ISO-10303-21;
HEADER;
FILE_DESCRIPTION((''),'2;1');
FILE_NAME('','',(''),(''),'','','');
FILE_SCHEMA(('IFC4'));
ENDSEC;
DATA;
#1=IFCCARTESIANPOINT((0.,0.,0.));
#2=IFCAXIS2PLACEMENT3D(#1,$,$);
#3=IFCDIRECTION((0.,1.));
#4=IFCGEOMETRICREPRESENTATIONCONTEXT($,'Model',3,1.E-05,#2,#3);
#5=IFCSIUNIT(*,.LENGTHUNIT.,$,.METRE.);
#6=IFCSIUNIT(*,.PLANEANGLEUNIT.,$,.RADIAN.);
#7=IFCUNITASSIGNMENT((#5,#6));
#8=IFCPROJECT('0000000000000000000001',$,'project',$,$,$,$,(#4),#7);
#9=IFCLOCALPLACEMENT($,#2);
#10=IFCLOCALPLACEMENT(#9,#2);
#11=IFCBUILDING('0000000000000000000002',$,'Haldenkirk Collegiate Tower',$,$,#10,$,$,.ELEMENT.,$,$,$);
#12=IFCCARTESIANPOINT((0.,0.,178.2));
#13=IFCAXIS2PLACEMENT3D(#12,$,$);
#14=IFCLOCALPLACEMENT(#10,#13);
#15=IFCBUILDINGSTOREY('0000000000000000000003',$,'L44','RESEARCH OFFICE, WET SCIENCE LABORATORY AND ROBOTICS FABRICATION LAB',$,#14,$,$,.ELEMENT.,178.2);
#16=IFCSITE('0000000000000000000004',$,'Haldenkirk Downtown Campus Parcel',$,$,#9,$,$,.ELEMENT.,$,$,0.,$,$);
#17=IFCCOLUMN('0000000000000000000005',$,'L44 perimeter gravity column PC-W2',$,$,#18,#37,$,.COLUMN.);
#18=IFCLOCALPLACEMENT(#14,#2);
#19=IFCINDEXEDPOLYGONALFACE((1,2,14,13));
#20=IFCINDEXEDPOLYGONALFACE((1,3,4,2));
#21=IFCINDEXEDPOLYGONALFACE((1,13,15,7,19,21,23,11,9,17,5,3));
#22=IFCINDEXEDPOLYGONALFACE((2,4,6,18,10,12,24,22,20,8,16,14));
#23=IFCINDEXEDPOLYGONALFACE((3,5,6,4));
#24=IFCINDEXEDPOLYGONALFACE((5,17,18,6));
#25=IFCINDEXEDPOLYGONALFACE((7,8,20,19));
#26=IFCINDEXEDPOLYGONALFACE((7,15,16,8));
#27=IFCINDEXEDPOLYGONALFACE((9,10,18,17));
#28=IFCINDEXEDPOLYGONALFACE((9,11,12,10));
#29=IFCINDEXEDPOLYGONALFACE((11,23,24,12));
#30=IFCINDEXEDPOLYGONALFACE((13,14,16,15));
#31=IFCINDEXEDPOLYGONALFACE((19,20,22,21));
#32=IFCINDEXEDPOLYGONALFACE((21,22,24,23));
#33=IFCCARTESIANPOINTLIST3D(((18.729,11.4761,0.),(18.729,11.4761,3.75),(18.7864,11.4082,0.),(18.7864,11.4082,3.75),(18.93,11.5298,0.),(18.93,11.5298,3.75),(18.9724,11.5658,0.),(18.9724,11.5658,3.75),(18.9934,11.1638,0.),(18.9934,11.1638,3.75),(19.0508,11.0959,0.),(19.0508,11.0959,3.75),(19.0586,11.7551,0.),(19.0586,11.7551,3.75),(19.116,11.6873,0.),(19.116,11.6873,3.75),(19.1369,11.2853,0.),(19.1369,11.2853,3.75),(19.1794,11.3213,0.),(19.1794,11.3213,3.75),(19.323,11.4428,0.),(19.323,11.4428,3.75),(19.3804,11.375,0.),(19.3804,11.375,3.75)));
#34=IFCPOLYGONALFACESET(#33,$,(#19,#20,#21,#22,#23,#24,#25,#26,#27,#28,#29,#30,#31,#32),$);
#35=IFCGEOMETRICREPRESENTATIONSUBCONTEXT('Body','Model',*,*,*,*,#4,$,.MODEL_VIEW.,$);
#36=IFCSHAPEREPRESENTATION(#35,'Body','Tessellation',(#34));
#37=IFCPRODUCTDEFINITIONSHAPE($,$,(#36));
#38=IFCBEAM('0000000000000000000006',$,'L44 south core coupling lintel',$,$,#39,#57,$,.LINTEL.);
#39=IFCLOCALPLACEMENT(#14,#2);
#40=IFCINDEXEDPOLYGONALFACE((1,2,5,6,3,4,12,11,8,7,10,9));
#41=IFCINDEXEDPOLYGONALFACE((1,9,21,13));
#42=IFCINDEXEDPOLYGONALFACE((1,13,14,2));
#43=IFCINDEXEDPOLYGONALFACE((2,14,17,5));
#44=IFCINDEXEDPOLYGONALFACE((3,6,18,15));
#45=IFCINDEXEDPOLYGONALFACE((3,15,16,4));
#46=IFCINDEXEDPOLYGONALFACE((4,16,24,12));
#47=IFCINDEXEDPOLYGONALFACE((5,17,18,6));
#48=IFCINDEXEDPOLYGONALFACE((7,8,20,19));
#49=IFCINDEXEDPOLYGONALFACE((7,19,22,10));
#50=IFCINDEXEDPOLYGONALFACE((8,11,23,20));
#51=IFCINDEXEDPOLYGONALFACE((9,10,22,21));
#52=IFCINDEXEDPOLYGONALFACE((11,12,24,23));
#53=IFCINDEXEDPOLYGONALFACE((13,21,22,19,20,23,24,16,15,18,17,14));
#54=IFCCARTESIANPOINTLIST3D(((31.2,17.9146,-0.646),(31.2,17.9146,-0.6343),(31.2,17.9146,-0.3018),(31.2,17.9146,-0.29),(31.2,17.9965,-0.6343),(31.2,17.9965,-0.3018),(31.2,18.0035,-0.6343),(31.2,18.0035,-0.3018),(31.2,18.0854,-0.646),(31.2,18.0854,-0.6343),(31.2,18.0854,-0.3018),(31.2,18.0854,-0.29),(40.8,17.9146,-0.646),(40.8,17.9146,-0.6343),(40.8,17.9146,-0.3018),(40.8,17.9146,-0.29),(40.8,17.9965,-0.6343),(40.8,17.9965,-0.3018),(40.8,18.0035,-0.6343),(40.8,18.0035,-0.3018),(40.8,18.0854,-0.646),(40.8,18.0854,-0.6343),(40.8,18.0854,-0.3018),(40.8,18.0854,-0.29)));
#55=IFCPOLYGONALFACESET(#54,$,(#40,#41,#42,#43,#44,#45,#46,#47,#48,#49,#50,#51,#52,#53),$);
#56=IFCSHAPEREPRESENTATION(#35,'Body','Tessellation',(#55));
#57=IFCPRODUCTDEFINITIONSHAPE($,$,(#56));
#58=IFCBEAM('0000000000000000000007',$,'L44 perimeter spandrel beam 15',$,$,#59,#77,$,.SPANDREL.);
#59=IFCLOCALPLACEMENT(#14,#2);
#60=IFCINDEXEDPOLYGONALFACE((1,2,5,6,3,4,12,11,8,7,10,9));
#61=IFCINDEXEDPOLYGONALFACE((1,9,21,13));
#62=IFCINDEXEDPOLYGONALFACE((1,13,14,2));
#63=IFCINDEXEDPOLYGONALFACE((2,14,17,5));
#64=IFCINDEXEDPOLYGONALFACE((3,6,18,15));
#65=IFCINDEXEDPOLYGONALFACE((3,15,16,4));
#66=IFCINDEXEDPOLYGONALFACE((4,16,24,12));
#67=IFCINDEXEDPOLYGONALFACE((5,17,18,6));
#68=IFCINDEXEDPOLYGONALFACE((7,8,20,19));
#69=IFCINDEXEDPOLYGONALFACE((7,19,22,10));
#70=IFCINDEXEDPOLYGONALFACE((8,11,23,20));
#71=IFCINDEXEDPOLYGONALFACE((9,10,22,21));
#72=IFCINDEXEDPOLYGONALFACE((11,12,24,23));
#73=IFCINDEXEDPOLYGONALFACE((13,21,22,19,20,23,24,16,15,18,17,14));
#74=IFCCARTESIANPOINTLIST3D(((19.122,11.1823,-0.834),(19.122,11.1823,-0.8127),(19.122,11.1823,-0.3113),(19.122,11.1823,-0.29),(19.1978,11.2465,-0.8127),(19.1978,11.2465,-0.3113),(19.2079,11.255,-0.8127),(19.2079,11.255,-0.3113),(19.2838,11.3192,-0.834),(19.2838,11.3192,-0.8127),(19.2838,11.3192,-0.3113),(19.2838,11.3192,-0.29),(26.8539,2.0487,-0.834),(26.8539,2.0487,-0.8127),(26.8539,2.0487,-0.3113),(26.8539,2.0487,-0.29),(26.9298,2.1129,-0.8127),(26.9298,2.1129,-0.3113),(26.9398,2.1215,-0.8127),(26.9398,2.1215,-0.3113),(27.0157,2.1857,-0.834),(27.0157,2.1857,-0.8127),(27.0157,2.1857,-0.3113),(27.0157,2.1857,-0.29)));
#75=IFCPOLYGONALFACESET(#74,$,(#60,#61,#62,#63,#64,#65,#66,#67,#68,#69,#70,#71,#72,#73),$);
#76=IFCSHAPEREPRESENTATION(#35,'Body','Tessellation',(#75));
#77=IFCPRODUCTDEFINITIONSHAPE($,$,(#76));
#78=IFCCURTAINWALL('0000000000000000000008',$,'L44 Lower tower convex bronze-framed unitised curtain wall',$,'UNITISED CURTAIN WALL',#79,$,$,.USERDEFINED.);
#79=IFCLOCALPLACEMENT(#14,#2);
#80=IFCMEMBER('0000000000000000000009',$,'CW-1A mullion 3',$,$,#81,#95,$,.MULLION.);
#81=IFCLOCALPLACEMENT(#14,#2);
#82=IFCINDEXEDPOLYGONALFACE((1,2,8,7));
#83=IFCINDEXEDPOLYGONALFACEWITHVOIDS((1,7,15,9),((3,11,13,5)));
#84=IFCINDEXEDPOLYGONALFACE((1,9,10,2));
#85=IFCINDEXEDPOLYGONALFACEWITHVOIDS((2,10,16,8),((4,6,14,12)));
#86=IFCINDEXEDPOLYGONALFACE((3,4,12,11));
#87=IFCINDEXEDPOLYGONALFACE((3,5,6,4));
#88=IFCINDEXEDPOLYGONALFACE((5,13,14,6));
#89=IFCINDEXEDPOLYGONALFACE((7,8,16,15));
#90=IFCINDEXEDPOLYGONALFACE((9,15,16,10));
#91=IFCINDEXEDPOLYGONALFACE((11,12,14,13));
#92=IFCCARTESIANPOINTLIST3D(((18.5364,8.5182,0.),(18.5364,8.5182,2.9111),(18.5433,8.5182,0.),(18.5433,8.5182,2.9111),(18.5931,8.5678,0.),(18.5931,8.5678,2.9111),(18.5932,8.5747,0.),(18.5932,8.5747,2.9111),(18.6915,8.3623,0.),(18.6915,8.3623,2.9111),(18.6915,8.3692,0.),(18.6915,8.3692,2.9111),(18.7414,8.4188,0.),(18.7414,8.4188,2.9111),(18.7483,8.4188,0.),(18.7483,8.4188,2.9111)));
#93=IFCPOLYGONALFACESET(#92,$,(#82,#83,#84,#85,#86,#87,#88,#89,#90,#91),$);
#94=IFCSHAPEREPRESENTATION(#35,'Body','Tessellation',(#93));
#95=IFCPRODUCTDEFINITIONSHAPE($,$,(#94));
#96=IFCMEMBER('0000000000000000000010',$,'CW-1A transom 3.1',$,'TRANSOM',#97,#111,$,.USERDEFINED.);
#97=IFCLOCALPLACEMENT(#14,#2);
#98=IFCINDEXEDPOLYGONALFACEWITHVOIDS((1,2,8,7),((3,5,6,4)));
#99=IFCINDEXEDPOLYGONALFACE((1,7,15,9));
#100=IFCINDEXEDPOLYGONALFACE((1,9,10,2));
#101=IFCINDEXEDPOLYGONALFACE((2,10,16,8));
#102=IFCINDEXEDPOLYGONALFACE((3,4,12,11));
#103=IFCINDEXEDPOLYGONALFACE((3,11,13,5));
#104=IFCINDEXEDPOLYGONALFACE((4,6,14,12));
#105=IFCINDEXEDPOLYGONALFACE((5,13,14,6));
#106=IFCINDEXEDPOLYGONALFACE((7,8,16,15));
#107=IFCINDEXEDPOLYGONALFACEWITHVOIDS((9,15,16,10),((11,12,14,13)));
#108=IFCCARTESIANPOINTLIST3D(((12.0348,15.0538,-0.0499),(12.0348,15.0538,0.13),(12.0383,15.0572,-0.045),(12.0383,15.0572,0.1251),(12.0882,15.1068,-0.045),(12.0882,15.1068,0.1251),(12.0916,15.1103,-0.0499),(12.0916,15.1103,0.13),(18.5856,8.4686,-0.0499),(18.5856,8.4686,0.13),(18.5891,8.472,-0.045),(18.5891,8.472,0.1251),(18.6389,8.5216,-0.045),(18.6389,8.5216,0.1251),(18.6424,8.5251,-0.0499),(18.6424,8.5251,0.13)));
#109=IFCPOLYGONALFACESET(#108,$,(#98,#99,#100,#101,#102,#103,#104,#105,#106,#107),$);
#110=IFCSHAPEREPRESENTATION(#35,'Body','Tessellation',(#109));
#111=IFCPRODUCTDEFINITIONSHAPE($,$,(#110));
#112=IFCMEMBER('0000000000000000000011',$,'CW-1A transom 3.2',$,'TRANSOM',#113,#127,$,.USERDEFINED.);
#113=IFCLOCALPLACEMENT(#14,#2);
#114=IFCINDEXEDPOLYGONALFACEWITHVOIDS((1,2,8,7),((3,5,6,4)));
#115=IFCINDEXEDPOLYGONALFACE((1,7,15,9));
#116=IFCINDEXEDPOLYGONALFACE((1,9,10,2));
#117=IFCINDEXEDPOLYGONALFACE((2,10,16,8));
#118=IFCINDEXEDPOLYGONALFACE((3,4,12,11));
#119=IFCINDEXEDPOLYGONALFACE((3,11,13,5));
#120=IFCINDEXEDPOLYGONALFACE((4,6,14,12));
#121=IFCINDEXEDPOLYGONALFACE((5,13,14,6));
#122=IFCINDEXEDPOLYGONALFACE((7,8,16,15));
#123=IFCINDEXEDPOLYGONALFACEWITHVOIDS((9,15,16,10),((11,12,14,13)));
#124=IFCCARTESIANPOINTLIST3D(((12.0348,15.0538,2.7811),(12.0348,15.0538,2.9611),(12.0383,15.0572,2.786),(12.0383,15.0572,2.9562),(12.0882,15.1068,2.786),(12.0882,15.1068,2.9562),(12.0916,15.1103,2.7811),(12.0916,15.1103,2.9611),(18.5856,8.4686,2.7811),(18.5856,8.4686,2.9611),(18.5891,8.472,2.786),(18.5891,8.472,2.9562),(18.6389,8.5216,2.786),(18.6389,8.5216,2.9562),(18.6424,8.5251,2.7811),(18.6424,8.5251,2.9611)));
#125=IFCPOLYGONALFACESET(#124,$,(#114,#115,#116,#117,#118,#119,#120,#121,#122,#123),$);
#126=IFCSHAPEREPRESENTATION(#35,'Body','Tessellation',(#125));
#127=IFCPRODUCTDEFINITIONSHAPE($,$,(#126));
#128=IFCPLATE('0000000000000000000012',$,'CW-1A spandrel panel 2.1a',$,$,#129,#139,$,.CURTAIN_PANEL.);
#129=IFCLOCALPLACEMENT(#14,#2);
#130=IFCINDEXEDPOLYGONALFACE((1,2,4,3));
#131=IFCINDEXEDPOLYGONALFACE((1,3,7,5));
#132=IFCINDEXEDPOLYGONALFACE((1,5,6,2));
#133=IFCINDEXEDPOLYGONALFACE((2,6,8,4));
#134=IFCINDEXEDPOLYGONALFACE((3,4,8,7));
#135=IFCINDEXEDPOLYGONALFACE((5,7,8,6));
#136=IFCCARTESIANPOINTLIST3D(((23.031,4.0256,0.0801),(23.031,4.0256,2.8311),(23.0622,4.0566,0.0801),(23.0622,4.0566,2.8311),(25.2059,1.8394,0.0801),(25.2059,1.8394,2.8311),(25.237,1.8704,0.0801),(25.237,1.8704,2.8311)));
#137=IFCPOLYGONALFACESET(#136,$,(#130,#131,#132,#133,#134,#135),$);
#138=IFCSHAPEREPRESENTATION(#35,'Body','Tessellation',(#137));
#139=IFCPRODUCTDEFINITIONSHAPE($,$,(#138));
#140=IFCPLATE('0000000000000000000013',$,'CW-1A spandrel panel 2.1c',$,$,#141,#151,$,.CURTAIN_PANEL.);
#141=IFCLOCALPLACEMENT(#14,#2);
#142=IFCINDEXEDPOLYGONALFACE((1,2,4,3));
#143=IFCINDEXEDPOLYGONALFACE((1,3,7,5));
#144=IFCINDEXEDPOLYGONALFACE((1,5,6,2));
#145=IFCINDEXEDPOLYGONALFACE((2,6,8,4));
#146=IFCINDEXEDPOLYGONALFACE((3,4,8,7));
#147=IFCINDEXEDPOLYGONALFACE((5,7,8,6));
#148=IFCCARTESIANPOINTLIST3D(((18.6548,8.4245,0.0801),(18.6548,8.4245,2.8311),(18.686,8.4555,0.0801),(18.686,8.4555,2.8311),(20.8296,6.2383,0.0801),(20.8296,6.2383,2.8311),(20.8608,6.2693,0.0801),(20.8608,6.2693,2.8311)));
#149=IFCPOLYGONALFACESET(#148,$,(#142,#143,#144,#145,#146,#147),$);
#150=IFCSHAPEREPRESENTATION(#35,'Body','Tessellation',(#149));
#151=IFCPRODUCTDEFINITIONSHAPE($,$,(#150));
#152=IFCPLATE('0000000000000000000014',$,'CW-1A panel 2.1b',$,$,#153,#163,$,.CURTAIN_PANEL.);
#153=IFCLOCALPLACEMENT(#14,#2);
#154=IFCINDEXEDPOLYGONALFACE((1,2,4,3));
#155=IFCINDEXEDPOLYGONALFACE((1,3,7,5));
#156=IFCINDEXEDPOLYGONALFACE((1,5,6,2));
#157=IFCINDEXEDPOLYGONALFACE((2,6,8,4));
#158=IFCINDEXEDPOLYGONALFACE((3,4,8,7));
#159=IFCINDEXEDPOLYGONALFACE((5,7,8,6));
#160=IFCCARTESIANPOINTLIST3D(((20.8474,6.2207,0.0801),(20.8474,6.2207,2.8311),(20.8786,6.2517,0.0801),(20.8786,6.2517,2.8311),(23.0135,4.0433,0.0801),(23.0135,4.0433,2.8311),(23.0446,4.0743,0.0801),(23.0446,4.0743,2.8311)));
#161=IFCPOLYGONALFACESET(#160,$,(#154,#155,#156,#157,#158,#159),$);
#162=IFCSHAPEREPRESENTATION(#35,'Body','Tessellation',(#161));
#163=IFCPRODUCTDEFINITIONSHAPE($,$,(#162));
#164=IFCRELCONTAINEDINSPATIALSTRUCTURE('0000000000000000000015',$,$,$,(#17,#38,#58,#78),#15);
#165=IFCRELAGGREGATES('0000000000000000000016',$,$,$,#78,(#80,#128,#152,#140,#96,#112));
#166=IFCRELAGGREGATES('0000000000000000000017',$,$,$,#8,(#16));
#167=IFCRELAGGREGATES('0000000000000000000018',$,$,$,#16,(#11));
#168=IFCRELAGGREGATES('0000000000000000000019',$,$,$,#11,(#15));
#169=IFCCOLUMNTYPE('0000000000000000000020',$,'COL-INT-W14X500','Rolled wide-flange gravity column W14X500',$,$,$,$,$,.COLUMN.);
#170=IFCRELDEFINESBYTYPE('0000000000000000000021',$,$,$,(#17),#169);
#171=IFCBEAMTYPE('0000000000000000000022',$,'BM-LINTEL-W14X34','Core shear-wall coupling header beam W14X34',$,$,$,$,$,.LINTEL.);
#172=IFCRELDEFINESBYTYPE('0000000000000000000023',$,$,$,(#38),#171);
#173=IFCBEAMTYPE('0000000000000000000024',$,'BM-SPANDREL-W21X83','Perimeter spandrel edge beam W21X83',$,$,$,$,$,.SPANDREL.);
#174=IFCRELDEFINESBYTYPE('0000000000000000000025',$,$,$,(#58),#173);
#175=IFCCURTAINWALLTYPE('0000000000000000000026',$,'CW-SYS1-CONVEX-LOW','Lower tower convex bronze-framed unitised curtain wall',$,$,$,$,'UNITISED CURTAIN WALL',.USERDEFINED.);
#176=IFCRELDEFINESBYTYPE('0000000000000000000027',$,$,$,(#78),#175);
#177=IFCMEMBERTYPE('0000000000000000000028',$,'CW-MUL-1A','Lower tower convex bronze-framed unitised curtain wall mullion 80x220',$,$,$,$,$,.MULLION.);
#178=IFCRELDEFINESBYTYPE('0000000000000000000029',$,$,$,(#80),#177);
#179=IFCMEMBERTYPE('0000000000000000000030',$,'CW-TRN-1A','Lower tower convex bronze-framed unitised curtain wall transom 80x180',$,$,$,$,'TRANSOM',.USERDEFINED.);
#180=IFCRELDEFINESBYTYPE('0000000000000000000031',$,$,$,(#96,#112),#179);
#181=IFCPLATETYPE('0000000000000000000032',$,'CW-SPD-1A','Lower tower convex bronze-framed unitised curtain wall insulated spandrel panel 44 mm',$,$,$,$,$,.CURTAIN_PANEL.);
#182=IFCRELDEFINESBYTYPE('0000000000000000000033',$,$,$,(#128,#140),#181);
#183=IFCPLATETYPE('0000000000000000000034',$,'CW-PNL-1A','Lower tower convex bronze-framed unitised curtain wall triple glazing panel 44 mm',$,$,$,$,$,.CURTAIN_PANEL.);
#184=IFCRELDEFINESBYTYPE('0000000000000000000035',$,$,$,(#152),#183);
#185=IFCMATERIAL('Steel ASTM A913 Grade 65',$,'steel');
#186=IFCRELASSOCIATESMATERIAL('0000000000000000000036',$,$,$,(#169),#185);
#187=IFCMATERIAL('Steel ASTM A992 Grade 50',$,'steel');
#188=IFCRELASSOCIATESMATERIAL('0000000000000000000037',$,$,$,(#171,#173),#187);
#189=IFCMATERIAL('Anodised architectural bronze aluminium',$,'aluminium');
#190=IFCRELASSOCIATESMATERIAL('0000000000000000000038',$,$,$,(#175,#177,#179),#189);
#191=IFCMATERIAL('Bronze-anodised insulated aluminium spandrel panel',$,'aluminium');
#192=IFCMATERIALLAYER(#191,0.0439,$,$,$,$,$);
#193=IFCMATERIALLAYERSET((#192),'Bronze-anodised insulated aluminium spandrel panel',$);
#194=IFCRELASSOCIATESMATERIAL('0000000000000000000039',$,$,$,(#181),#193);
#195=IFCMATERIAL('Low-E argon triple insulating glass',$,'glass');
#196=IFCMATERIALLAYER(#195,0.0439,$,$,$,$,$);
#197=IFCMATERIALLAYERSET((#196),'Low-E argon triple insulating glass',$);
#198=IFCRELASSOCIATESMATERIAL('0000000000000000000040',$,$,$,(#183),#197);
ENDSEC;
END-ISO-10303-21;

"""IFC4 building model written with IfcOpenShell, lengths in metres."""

from ifc_helpers import new_model, si_unit, direction, frame, origin, origin_2d, place, context, subcontext, project, spatial, rectangle, hollow_rectangle, i_section, extrude, source, transform, mapped, material, layer, layer_set, material_profile, profile_set, type_object, element, aggregate, save


model = new_model("IFC4")

# Units and contexts
model_context = context("Model", 3, precision=1e-05, world=origin(), true_north=direction((0.0, 1.0)))
body_context = subcontext(model_context, "Body", "Model", "MODEL_VIEW")
ifc_project = project(units=[si_unit("LENGTHUNIT", "METRE"), si_unit("PLANEANGLEUNIT", "RADIAN")], contexts=[model_context])

# Site, building, storey
site_placement = place(None, origin())
site = spatial("IfcSite", under=ifc_project, at=site_placement, Name="Haldenkirk Downtown Campus Parcel", CompositionType="ELEMENT", RefElevation=0.0)
building_placement = place(site_placement, origin())
building = spatial("IfcBuilding", under=site, at=building_placement, Name="Haldenkirk Collegiate Tower", CompositionType="ELEMENT")
storey_placement = place(building_placement, frame((0.0, 0.0, 178.2)))
storey = spatial("IfcBuildingStorey", under=building, at=storey_placement, Name="L44", Description="RESEARCH OFFICE, WET SCIENCE LABORATORY AND ROBOTICS FABRICATION LAB", CompositionType="ELEMENT", Elevation=178.2)

# Column
ifc_material_1 = material(Name="Steel ASTM A913 Grade 65", Category="steel")
ifc_material_profile_1 = material_profile(ifc_material_1, i_section(OverallWidth=0.4319, OverallDepth=0.498, WebThickness=0.0557, FlangeThickness=0.0889, at=origin_2d()), Name="W14X500")
ifc_profile_set_1 = profile_set([ifc_material_profile_1], Name="Steel ASTM A913 Grade 65")
column_type = type_object("IfcColumnType", Name="COL-INT-W14X500", Description="Rolled wide-flange gravity column W14X500", PredefinedType="COLUMN", material=ifc_profile_set_1)
column_placement = place(storey_placement, frame((19.0547, 11.4255, 0.0), z_axis=(0.0, 0.0, 1.0), x_axis=(0.763232, 0.646124, 0.0)))
element("IfcColumn", 1, at=column_placement, inside=storey, type_object=column_type, Name="L44 perimeter gravity column PC-W2", PredefinedType="COLUMN", context=body_context, shape_type="SweptSolid", body=[
    extrude(i_section(OverallWidth=0.4319, OverallDepth=0.498, WebThickness=0.0557, FlangeThickness=0.0889, at=origin_2d()), origin(), (0.0, 0.0, 1.0), 3.75),
])

# Beams
ifc_material_2 = material(Name="Steel ASTM A992 Grade 50", Category="steel")
ifc_material_profile_2 = material_profile(ifc_material_2, i_section(OverallWidth=0.1709, OverallDepth=0.356, WebThickness=0.0071, FlangeThickness=0.0117, at=origin_2d()), Name="W14X34")
ifc_profile_set_2 = profile_set([ifc_material_profile_2], Name="Steel ASTM A992 Grade 50")
beam_type_1 = type_object("IfcBeamType", Name="BM-LINTEL-W14X34", Description="Core shear-wall coupling header beam W14X34", PredefinedType="LINTEL", material=ifc_profile_set_2)
beam_1_placement = place(storey_placement, frame((31.2, 18.0, -0.468), z_axis=(1.0, 0.0, 0.0), x_axis=(0.0, 1.0, 0.0)))
element("IfcBeam", 2, at=beam_1_placement, inside=storey, type_object=beam_type_1, Name="L44 south core coupling lintel", PredefinedType="LINTEL", context=body_context, shape_type="SweptSolid", body=[
    extrude(i_section(OverallWidth=0.1709, OverallDepth=0.356, WebThickness=0.0071, FlangeThickness=0.0117, at=origin_2d()), origin(), (0.0, 0.0, 1.0), 9.6001),
])
ifc_material_profile_3 = material_profile(ifc_material_2, i_section(OverallWidth=0.2119, OverallDepth=0.5439, WebThickness=0.0132, FlangeThickness=0.0212, at=origin_2d()), Name="W21X83")
ifc_profile_set_3 = profile_set([ifc_material_profile_3], Name="Steel ASTM A992 Grade 50")
beam_type_2 = type_object("IfcBeamType", Name="BM-SPANDREL-W21X83", Description="Perimeter spandrel edge beam W21X83", PredefinedType="SPANDREL", material=ifc_profile_set_3)
beam_2_placement = place(storey_placement, frame((19.2029, 11.2507, -0.562), z_axis=(0.646115, -0.76324, 0.0), x_axis=(0.76324, 0.646115, 0.0)))
element("IfcBeam", 3, at=beam_2_placement, inside=storey, type_object=beam_type_2, Name="L44 perimeter spandrel beam 15", PredefinedType="SPANDREL", context=body_context, shape_type="SweptSolid", body=[
    extrude(i_section(OverallWidth=0.2119, OverallDepth=0.5439, WebThickness=0.0132, FlangeThickness=0.0212, at=origin_2d()), origin(), (0.0, 0.0, 1.0), 11.9668),
])

# Curtain wall, members, plates
ifc_material_3 = material(Name="Anodised architectural bronze aluminium", Category="aluminium")
curtain_wall_type = type_object("IfcCurtainWallType", Name="CW-SYS1-CONVEX-LOW", Description="Lower tower convex bronze-framed unitised curtain wall", ElementType="UNITISED CURTAIN WALL", PredefinedType="USERDEFINED", material=ifc_material_3)
curtain_wall_placement = place(storey_placement, origin())
curtain_wall = element("IfcCurtainWall", 4, at=curtain_wall_placement, inside=storey, type_object=curtain_wall_type, Name="L44 Lower tower convex bronze-framed unitised curtain wall", ObjectType="UNITISED CURTAIN WALL", PredefinedType="USERDEFINED")
ifc_material_profile_4 = material_profile(ifc_material_3, hollow_rectangle(XDim=0.0801, YDim=0.22, WallThickness=0.0049, at=origin_2d()), Name="CW-MUL-1A")
ifc_profile_set_4 = profile_set([ifc_material_profile_4], Name="Anodised architectural bronze aluminium")
member_type_1 = type_object("IfcMemberType", Name="CW-MUL-1A", Description="Lower tower convex bronze-framed unitised curtain wall mullion 80x220", PredefinedType="MULLION", material=ifc_profile_set_4)
member_1_placement = place(storey_placement, frame((18.6423, 8.4685, 0.0), z_axis=(0.0, 0.0, 1.0), x_axis=(-0.708954, -0.705255, 0.0)))
member_1 = element("IfcMember", 5, at=member_1_placement, type_object=member_type_1, Name="CW-1A mullion 3", PredefinedType="MULLION", context=body_context, shape_type="SweptSolid", body=[
    extrude(hollow_rectangle(XDim=0.0801, YDim=0.22, WallThickness=0.0049, at=origin_2d()), origin(), (0.0, 0.0, 1.0), 2.9111),
])
ifc_material_profile_5 = material_profile(ifc_material_3, hollow_rectangle(XDim=0.0801, YDim=0.1799, WallThickness=0.0049, at=origin_2d()), Name="CW-TRN-1A")
ifc_profile_set_5 = profile_set([ifc_material_profile_5], Name="Anodised architectural bronze aluminium")
member_type_2 = type_object("IfcMemberType", Name="CW-TRN-1A", Description="Lower tower convex bronze-framed unitised curtain wall transom 80x180", ElementType="TRANSOM", PredefinedType="USERDEFINED", material=ifc_profile_set_5)
member_2_placement = place(storey_placement, frame((18.614, 8.4968, 0.04), z_axis=(-0.705251, 0.708957, 0.0), x_axis=(-0.708957, -0.705251, 0.0)))
member_2 = element("IfcMember", 6, at=member_2_placement, type_object=member_type_2, Name="CW-1A transom 3.1", ObjectType="TRANSOM", PredefinedType="USERDEFINED", context=body_context, shape_type="SweptSolid", body=[
    extrude(hollow_rectangle(XDim=0.0801, YDim=0.1799, WallThickness=0.0049, at=origin_2d()), origin(), (0.0, 0.0, 1.0), 9.2886),
])
member_3_placement = place(storey_placement, frame((18.614, 8.4968, 2.8711), z_axis=(-0.705251, 0.708957, 0.0), x_axis=(-0.708957, -0.705251, 0.0)))
member_3 = element("IfcMember", 7, at=member_3_placement, type_object=member_type_2, Name="CW-1A transom 3.2", ObjectType="TRANSOM", PredefinedType="USERDEFINED", context=body_context, shape_type="SweptSolid", body=[
    extrude(hollow_rectangle(XDim=0.0801, YDim=0.1799, WallThickness=0.0049, at=origin_2d()), origin(), (0.0, 0.0, 1.0), 9.2886),
])
ifc_material_4 = material(Name="Bronze-anodised insulated aluminium spandrel panel", Category="aluminium")
ifc_layer_1 = layer(ifc_material_4, 0.0439)
ifc_layer_set_1 = layer_set([ifc_layer_1], Name="Bronze-anodised insulated aluminium spandrel panel")
plate_type_1 = type_object("IfcPlateType", Name="CW-SPD-1A", Description="Lower tower convex bronze-framed unitised curtain wall insulated spandrel panel 44 mm", PredefinedType="CURTAIN_PANEL", material=ifc_layer_set_1)
shared_shape_1 = source(origin(), body_context, "Body", "SweptSolid", [
    extrude(rectangle(XDim=3.0837, YDim=0.0439, at=origin_2d()), origin(), (0.0, 0.0, 1.0), 2.751),
])
plate_1_placement = place(storey_placement, frame((24.134, 2.948, 0.0801), z_axis=(0.0, 0.0, 1.0), x_axis=(-0.705255, 0.708954, 0.0)))
plate_1 = element("IfcPlate", 8, at=plate_1_placement, type_object=plate_type_1, Name="CW-1A spandrel panel 2.1a", PredefinedType="CURTAIN_PANEL", context=body_context, shape_type="MappedRepresentation", body=[
    mapped(shared_shape_1, transform((0.0, 0.0, 0.0), x_axis=(1.0, 0.0, 0.0), y_axis=(0.0, 1.0, 0.0), z_axis=(0.0, 0.0, 1.0), scale=1.0)),
])
plate_2_placement = place(storey_placement, frame((19.7578, 7.3469, 0.0801), z_axis=(0.0, 0.0, 1.0), x_axis=(-0.705255, 0.708954, 0.0)))
plate_2 = element("IfcPlate", 9, at=plate_2_placement, type_object=plate_type_1, Name="CW-1A spandrel panel 2.1c", PredefinedType="CURTAIN_PANEL", context=body_context, shape_type="MappedRepresentation", body=[
    mapped(shared_shape_1, transform((0.0, 0.0, 0.0), x_axis=(1.0, 0.0, 0.0), y_axis=(0.0, 1.0, 0.0), z_axis=(0.0, 0.0, 1.0), scale=1.0)),
])
ifc_material_5 = material(Name="Low-E argon triple insulating glass", Category="glass")
ifc_layer_2 = layer(ifc_material_5, 0.0439)
ifc_layer_set_2 = layer_set([ifc_layer_2], Name="Low-E argon triple insulating glass")
plate_type_2 = type_object("IfcPlateType", Name="CW-PNL-1A", Description="Lower tower convex bronze-framed unitised curtain wall triple glazing panel 44 mm", PredefinedType="CURTAIN_PANEL", material=ifc_layer_set_2)
shared_shape_2 = source(origin(), body_context, "Body", "SweptSolid", [
    extrude(rectangle(XDim=3.0713, YDim=0.0439, at=origin_2d()), origin(), (0.0, 0.0, 1.0), 2.751),
])
plate_3_placement = place(storey_placement, frame((21.946, 5.1475, 0.0801), z_axis=(0.0, 0.0, 1.0), x_axis=(-0.705255, 0.708954, 0.0)))
plate_3 = element("IfcPlate", 10, at=plate_3_placement, type_object=plate_type_2, Name="CW-1A panel 2.1b", PredefinedType="CURTAIN_PANEL", context=body_context, shape_type="MappedRepresentation", body=[
    mapped(shared_shape_2, transform((0.0, 0.0, 0.0), x_axis=(1.0, 0.0, 0.0), y_axis=(0.0, 1.0, 0.0), z_axis=(0.0, 0.0, 1.0), scale=1.0)),
])
aggregate(curtain_wall, [member_1, plate_1, plate_3, plate_2, member_2, member_3])

save(model, "model.ifc")
